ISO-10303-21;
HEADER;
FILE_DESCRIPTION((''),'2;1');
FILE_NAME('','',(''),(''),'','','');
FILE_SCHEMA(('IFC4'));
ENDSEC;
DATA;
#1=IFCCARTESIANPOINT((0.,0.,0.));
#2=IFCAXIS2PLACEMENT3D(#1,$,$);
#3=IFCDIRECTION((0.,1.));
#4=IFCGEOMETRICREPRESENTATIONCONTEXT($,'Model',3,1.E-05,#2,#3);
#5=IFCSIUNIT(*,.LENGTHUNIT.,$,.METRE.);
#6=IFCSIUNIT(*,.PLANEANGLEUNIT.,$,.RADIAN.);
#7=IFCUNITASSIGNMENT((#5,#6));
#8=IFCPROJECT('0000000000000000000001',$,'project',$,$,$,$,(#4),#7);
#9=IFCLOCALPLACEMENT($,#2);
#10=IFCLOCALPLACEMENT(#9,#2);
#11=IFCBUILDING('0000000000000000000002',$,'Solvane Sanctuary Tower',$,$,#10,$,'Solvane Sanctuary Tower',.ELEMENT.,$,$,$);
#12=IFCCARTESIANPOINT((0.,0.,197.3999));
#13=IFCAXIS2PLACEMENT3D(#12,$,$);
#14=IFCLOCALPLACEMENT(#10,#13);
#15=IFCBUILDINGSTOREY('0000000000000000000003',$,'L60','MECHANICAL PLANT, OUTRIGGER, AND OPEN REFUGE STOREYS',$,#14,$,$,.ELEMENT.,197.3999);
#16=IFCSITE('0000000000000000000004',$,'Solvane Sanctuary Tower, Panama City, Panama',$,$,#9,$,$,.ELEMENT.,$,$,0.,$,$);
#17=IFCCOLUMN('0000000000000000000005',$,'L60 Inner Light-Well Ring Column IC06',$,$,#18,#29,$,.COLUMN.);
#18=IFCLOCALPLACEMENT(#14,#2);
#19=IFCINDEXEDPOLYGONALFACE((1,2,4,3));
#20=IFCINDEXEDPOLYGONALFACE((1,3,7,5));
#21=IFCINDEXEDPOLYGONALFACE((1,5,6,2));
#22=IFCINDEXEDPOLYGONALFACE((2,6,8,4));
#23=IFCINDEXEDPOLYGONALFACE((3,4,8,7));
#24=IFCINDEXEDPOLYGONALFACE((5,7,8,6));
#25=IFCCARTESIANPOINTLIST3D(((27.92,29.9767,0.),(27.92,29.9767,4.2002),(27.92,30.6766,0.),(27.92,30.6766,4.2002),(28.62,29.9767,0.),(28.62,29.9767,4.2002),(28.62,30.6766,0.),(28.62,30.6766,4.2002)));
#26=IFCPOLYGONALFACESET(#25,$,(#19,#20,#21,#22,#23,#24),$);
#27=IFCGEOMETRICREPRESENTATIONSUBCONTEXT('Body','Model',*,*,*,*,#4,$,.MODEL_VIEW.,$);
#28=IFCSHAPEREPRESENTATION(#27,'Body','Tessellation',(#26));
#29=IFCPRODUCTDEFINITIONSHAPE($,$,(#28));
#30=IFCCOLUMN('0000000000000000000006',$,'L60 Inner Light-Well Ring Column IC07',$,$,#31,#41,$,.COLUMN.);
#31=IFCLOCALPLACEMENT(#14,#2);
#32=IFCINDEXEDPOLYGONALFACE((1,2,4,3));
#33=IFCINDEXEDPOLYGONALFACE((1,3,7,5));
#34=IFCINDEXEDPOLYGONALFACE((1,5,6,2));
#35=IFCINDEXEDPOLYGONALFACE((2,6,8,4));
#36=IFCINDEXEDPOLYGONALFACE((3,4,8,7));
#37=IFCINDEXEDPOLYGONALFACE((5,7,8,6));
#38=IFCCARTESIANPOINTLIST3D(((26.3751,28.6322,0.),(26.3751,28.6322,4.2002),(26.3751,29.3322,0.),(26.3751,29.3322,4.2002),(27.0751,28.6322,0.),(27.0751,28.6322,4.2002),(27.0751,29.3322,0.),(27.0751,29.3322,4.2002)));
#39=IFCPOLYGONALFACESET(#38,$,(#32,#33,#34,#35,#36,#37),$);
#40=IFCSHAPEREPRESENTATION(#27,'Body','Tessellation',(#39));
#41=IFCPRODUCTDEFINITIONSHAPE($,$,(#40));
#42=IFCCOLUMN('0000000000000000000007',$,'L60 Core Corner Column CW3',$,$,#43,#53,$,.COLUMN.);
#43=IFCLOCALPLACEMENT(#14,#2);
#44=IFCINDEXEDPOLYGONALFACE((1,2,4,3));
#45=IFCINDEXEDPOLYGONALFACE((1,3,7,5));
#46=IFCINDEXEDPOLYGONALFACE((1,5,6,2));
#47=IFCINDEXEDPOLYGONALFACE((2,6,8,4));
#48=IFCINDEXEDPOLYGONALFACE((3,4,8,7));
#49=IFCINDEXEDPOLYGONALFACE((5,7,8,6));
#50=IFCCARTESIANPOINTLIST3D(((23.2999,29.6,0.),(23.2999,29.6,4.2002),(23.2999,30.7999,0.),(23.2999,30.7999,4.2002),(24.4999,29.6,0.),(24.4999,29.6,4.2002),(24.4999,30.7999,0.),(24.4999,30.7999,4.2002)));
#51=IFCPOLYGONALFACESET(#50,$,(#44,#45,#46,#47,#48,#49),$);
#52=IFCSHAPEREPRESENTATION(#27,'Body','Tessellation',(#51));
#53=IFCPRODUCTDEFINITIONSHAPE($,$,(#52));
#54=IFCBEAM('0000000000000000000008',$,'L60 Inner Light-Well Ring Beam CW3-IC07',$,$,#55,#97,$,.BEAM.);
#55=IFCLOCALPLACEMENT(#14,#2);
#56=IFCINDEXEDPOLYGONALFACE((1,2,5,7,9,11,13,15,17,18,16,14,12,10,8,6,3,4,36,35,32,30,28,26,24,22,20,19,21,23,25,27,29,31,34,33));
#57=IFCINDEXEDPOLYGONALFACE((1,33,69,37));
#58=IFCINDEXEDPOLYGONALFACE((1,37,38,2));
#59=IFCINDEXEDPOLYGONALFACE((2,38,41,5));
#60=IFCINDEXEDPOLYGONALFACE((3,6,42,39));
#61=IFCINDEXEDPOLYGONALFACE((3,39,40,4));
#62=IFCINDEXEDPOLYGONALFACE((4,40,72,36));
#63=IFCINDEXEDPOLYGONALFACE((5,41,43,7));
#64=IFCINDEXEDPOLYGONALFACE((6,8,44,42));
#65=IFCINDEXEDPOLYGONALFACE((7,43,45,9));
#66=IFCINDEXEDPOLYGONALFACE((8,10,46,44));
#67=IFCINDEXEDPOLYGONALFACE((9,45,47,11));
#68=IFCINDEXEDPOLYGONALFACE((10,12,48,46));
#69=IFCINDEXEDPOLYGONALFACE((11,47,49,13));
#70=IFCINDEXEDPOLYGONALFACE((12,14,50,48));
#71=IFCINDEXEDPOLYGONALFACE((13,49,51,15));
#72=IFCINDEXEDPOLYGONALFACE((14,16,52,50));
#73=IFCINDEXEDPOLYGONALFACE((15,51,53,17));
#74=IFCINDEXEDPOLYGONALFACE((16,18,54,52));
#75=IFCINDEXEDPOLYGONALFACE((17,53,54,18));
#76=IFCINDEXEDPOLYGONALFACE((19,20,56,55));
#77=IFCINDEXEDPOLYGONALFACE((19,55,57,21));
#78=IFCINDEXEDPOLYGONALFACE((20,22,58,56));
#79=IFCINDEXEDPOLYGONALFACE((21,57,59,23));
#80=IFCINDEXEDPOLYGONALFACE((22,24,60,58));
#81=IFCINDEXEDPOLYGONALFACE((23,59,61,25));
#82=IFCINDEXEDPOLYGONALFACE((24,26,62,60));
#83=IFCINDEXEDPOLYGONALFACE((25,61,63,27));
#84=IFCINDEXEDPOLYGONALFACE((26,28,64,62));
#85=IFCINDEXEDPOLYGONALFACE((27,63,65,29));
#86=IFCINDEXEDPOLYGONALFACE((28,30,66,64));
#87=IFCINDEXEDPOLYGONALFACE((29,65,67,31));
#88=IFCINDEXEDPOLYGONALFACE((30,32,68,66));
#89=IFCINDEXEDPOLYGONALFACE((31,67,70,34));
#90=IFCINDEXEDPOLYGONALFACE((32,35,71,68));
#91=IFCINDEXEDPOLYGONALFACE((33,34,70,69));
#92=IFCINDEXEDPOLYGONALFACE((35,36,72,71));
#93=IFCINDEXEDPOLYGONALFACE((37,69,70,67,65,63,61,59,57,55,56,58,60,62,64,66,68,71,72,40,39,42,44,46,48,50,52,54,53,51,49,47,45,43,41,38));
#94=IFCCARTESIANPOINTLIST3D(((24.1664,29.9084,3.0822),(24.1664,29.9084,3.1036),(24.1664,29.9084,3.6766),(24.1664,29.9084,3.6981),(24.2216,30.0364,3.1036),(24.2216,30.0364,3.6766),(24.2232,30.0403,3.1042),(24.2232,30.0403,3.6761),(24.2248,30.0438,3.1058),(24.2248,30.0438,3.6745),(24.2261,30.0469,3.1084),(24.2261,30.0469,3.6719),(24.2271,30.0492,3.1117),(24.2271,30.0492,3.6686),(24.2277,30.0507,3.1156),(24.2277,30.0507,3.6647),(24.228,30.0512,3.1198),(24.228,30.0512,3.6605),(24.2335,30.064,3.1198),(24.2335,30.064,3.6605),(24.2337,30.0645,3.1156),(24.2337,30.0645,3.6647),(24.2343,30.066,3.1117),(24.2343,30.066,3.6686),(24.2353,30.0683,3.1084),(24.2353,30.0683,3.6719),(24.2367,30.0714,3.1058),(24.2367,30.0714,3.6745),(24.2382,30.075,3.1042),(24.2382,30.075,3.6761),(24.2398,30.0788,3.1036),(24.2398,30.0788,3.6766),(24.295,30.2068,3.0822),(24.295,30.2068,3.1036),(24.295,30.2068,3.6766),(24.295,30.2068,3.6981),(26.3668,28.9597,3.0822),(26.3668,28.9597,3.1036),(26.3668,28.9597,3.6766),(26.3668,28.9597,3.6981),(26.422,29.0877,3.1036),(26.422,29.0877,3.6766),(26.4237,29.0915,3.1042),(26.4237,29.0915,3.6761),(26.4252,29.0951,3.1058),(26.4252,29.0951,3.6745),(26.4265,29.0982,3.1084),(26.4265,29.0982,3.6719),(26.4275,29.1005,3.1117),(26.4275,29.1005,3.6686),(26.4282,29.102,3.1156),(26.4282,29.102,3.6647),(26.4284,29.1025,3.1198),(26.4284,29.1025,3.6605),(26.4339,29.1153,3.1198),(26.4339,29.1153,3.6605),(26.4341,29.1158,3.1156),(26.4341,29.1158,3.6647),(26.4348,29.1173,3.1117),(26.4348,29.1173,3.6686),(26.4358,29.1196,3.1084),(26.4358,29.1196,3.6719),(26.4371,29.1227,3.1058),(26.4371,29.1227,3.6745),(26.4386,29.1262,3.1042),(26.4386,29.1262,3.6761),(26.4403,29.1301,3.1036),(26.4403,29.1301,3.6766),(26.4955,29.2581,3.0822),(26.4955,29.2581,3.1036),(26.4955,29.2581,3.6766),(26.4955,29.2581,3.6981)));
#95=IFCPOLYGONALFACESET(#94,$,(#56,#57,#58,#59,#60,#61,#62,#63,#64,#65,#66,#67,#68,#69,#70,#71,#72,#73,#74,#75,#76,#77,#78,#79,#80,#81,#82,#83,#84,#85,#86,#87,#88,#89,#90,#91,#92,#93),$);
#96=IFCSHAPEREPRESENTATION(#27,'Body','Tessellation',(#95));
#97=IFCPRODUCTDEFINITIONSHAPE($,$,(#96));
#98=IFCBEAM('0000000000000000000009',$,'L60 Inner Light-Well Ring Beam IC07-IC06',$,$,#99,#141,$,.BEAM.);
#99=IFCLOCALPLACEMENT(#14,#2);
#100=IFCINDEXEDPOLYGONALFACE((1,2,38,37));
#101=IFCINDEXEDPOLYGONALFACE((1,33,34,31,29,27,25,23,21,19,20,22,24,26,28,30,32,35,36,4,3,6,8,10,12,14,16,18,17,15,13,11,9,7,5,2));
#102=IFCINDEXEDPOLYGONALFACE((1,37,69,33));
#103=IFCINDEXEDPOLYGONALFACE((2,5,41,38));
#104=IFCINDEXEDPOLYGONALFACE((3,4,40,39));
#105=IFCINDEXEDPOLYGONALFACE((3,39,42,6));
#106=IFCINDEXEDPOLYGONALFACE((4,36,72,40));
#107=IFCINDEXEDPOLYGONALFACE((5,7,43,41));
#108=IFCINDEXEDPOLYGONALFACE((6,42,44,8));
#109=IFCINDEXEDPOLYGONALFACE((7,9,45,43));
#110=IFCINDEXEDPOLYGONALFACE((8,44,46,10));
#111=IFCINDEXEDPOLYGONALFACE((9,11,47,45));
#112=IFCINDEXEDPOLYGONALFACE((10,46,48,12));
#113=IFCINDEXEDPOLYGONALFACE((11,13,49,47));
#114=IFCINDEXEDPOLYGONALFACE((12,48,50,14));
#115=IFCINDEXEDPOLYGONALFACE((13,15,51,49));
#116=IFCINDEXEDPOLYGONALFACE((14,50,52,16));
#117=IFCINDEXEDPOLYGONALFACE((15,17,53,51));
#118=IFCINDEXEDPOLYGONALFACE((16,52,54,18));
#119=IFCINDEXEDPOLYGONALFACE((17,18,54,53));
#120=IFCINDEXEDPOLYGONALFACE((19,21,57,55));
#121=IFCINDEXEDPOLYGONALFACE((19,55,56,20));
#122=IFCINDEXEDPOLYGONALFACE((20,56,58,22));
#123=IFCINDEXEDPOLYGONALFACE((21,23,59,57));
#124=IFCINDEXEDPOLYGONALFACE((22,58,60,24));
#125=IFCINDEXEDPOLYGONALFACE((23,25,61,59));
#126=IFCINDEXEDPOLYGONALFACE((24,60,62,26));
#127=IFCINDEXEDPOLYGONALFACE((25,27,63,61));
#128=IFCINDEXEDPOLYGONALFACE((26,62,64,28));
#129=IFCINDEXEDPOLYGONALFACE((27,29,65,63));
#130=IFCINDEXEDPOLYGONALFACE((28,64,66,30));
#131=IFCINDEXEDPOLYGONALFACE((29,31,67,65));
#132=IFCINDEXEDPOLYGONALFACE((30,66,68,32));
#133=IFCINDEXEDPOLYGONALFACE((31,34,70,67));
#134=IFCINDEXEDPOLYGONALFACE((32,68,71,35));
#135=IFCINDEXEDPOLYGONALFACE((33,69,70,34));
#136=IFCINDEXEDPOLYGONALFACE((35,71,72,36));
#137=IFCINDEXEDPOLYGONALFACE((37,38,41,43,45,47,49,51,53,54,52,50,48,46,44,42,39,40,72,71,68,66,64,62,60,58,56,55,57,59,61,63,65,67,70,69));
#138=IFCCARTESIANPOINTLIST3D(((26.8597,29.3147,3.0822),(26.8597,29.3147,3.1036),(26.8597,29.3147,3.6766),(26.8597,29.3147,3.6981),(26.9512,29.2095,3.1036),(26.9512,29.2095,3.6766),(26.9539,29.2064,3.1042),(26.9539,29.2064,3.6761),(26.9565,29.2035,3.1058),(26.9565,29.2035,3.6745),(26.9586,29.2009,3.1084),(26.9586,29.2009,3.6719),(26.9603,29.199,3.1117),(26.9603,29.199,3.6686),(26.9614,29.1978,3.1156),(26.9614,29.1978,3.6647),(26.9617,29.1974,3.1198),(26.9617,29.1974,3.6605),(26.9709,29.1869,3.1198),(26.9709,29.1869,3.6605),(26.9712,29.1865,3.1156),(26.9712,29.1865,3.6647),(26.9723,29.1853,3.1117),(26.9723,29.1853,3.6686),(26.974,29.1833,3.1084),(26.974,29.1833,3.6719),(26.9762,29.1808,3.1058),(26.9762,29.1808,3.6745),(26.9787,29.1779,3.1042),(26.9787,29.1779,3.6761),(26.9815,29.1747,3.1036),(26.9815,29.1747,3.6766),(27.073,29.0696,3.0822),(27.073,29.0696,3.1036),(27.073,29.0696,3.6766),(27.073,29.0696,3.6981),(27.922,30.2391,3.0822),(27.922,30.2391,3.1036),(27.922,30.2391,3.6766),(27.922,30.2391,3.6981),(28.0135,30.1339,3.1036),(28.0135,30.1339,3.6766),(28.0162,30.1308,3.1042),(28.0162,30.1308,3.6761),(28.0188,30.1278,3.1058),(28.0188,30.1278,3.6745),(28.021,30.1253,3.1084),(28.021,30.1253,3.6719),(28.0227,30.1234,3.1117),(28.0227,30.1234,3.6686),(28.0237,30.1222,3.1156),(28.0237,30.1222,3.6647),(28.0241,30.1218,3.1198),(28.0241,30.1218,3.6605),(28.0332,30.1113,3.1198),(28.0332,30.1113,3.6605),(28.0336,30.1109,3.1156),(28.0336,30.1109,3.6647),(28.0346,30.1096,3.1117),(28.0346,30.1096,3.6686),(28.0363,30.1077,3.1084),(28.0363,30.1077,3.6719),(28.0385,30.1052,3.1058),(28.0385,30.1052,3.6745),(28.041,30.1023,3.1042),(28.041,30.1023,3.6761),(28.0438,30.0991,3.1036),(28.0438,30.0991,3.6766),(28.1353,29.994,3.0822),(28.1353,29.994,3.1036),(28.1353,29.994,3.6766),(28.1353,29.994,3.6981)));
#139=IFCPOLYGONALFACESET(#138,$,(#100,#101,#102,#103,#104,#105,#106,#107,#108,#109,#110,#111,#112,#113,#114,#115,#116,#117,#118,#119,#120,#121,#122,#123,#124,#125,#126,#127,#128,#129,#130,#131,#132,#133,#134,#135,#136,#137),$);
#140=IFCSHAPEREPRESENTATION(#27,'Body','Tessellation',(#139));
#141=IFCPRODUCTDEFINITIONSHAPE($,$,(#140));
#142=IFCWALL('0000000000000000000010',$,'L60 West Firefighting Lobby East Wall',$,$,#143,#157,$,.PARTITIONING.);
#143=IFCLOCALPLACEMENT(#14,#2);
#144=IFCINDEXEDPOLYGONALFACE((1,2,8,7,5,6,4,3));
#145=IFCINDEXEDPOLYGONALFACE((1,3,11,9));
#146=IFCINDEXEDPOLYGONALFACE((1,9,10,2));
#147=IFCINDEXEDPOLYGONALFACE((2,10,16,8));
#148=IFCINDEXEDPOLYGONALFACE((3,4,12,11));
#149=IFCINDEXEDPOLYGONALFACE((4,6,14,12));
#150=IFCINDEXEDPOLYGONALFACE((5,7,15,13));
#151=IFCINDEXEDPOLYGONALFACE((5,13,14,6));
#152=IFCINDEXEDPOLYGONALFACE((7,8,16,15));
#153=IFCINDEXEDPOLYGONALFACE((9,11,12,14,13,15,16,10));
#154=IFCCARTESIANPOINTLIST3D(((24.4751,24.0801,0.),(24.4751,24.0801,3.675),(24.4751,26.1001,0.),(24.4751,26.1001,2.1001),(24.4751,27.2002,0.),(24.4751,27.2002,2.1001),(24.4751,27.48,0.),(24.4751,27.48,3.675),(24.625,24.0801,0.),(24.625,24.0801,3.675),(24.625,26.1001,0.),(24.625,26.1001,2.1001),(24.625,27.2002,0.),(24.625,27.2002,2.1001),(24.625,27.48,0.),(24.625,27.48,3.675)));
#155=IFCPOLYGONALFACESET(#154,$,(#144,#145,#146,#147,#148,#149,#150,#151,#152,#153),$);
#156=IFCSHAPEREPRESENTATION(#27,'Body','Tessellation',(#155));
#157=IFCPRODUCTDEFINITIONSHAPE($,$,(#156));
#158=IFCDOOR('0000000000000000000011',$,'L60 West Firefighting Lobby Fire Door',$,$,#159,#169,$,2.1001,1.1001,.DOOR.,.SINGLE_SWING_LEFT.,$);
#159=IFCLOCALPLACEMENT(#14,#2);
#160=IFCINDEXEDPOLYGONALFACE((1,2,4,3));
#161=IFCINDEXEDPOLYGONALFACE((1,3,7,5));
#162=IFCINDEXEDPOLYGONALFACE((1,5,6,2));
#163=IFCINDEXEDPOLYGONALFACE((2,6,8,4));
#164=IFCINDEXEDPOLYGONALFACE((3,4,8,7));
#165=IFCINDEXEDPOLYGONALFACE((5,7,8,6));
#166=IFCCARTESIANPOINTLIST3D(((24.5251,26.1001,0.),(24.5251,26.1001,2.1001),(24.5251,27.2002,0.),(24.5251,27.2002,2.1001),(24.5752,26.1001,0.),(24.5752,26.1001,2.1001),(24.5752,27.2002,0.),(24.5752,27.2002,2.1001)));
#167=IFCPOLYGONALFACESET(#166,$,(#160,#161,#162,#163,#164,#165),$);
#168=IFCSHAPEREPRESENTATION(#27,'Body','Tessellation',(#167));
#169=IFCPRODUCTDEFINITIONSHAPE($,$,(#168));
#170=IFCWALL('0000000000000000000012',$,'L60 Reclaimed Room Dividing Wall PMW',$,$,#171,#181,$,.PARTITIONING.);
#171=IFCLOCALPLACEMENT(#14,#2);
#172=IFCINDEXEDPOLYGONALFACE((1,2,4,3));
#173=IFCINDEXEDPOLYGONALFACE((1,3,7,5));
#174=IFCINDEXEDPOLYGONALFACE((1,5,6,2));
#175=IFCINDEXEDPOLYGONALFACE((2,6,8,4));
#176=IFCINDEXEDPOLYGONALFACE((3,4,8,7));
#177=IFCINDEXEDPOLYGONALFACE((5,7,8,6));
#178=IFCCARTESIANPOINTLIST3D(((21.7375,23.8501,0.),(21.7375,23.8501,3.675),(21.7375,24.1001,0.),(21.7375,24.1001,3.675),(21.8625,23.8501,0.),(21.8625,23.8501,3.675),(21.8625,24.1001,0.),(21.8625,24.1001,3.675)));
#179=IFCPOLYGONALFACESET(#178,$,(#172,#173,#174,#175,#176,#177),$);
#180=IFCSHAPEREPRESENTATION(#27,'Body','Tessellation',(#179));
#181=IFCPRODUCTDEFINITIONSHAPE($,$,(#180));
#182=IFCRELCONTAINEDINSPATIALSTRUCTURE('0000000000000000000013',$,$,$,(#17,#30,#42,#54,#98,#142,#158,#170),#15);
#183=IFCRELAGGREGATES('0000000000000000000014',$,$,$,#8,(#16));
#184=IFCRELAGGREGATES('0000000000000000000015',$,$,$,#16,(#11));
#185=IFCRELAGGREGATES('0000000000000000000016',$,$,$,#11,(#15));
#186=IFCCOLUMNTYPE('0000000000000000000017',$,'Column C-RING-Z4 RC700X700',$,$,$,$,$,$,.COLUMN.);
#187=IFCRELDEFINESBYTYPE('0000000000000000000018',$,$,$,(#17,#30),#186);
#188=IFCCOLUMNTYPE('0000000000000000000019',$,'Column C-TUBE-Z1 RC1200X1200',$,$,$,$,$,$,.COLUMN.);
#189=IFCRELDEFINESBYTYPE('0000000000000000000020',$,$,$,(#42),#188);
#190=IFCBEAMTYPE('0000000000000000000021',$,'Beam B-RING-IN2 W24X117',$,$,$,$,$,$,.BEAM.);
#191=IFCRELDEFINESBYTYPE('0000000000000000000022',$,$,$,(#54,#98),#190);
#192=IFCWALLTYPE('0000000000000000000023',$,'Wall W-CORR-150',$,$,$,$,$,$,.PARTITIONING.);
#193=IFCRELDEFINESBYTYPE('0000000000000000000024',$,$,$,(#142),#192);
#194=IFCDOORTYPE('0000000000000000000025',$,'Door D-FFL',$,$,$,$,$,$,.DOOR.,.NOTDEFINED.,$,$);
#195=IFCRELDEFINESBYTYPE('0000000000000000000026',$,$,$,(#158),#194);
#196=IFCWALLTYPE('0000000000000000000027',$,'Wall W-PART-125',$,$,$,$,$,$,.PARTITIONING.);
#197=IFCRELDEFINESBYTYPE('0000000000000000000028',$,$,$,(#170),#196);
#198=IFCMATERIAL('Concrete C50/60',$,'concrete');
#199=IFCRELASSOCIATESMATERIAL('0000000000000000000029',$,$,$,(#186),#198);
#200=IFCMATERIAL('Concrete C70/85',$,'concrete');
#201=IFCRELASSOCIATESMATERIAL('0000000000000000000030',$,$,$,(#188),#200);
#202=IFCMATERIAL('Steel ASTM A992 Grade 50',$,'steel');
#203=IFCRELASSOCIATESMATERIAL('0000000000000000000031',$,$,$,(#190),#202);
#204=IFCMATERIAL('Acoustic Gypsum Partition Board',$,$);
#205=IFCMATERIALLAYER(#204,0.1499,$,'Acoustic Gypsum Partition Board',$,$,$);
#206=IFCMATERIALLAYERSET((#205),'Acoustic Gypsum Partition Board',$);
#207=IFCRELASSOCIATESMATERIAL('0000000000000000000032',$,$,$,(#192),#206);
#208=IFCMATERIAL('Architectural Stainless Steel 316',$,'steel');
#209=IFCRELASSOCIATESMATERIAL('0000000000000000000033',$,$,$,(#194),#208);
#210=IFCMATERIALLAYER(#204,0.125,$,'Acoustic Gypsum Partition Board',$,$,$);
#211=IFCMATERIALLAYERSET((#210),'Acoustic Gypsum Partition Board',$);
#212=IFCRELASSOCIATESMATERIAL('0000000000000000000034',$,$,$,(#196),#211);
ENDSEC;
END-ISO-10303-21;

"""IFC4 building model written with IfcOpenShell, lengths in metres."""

from ifc_helpers import new_model, si_unit, direction, frame, frame_2d, origin, origin_2d, place, context, subcontext, project, spatial, rectangle, i_section, extrude, material, layer, layer_set, material_profile, profile_set, type_object, element, fill, save


model = new_model("IFC4")

# Units and contexts
model_context = context("Model", 3, precision=1e-05, world=origin(), true_north=direction((0.0, 1.0)))
body_context = subcontext(model_context, "Body", "Model", "MODEL_VIEW")
ifc_project = project(units=[si_unit("LENGTHUNIT", "METRE"), si_unit("PLANEANGLEUNIT", "RADIAN")], contexts=[model_context])

# Site, building, storey
site_placement = place(None, origin())
site = spatial("IfcSite", under=ifc_project, at=site_placement, Name="Solvane Sanctuary Tower, Panama City, Panama", CompositionType="ELEMENT", RefElevation=0.0)
building_placement = place(site_placement, origin())
building = spatial("IfcBuilding", under=site, at=building_placement, Name="Solvane Sanctuary Tower", LongName="Solvane Sanctuary Tower", CompositionType="ELEMENT")
storey_placement = place(building_placement, frame((0.0, 0.0, 197.3999)))
storey = spatial("IfcBuildingStorey", under=building, at=storey_placement, Name="L60", Description="MECHANICAL PLANT, OUTRIGGER, AND OPEN REFUGE STOREYS", CompositionType="ELEMENT", Elevation=197.3999)

# Columns
ifc_material_1 = material(Name="Concrete C50/60", Category="concrete")
ifc_material_profile_1 = material_profile(ifc_material_1, rectangle(XDim=0.7, YDim=0.7, at=origin_2d()), Name="RC700X700")
ifc_profile_set_1 = profile_set([ifc_material_profile_1], Name="Concrete C50/60")
column_type_1 = type_object("IfcColumnType", Name="Column C-RING-Z4 RC700X700", PredefinedType="COLUMN", material=ifc_profile_set_1)
for number, where, z_axis, x_axis, name in (
    (1, (28.27, 30.3267, 0.0), (0.0, 0.0, 1.0), (1.0, 0.0, 0.0), "L60 Inner Light-Well Ring Column IC06"),
    (2, (26.7251, 28.9822, 0.0), (0.0, 0.0, 1.0), (1.0, 0.0, 0.0), "L60 Inner Light-Well Ring Column IC07"),
):
    element("IfcColumn", number, at=place(storey_placement, frame(where, z_axis=z_axis, x_axis=x_axis)), inside=storey, type_object=column_type_1, Name=name, PredefinedType="COLUMN", context=body_context, shape_type="SweptSolid", body=[
        extrude(rectangle(XDim=0.7, YDim=0.7, at=origin_2d()), origin(), (0.0, 0.0, 1.0), 4.2002),
    ])
ifc_material_2 = material(Name="Concrete C70/85", Category="concrete")
ifc_material_profile_2 = material_profile(ifc_material_2, rectangle(XDim=1.2, YDim=1.2, at=origin_2d()), Name="RC1200X1200")
ifc_profile_set_2 = profile_set([ifc_material_profile_2], Name="Concrete C70/85")
column_type_2 = type_object("IfcColumnType", Name="Column C-TUBE-Z1 RC1200X1200", PredefinedType="COLUMN", material=ifc_profile_set_2)
column_placement = place(storey_placement, frame((23.8999, 30.2, 0.0), z_axis=(0.0, 0.0, 1.0), x_axis=(1.0, 0.0, 0.0)))
element("IfcColumn", 3, at=column_placement, inside=storey, type_object=column_type_2, Name="L60 Core Corner Column CW3", PredefinedType="COLUMN", context=body_context, shape_type="SweptSolid", body=[
    extrude(rectangle(XDim=1.2, YDim=1.2, at=origin_2d()), origin(), (0.0, 0.0, 1.0), 4.2002),
])

# Beams
ifc_material_3 = material(Name="Steel ASTM A992 Grade 50", Category="steel")
ifc_material_profile_3 = material_profile(ifc_material_3, i_section(OverallWidth=0.325, OverallDepth=0.616, WebThickness=0.0139, FlangeThickness=0.0215, FilletRadius=0.0161, at=origin_2d()), Name="W24X117")
ifc_profile_set_3 = profile_set([ifc_material_profile_3], Name="Steel ASTM A992 Grade 50")
beam_type = type_object("IfcBeamType", Name="Beam B-RING-IN2 W24X117", PredefinedType="BEAM", material=ifc_profile_set_3)
beam_1_placement = place(storey_placement, frame((24.2307, 30.0576, 3.3901), z_axis=(0.918284, -0.395923, 0.0), x_axis=(0.395923, 0.918284, 0.0)))
element("IfcBeam", 4, at=beam_1_placement, inside=storey, type_object=beam_type, Name="L60 Inner Light-Well Ring Beam CW3-IC07", PredefinedType="BEAM", context=body_context, shape_type="SweptSolid", body=[
    extrude(i_section(OverallWidth=0.325, OverallDepth=0.616, WebThickness=0.0139, FlangeThickness=0.0215, FilletRadius=0.0161, at=origin_2d()), origin(), (0.0, 0.0, 1.0), 2.3962),
])
beam_2_placement = place(storey_placement, frame((26.9663, 29.1921, 3.3901), z_axis=(0.754389, 0.656428, 0.0), x_axis=(-0.656428, 0.754389, 0.0)))
element("IfcBeam", 5, at=beam_2_placement, inside=storey, type_object=beam_type, Name="L60 Inner Light-Well Ring Beam IC07-IC06", PredefinedType="BEAM", context=body_context, shape_type="SweptSolid", body=[
    extrude(i_section(OverallWidth=0.325, OverallDepth=0.616, WebThickness=0.0139, FlangeThickness=0.0215, FilletRadius=0.0161, at=origin_2d()), origin(), (0.0, 0.0, 1.0), 1.4082),
])

# Wall, opening, door
ifc_material_4 = material(Name="Acoustic Gypsum Partition Board")
ifc_layer_1 = layer(ifc_material_4, 0.1499, Name="Acoustic Gypsum Partition Board")
ifc_layer_set_1 = layer_set([ifc_layer_1], Name="Acoustic Gypsum Partition Board")
wall_type_1 = type_object("IfcWallType", Name="Wall W-CORR-150", PredefinedType="PARTITIONING", material=ifc_layer_set_1)
wall_1_placement = place(storey_placement, frame((24.55, 24.0801, 0.0), z_axis=(0.0, 0.0, 1.0), x_axis=(0.0, 1.0, 0.0)))
wall_1 = element("IfcWall", 6, at=wall_1_placement, inside=storey, type_object=wall_type_1, Name="L60 West Firefighting Lobby East Wall", PredefinedType="PARTITIONING", context=body_context, shape_type="SweptSolid", body=[
    extrude(rectangle(XDim=3.3999, YDim=0.1499, at=frame_2d((1.7, 0.0))), origin(), (0.0, 0.0, 1.0), 3.675),
])
opening_1_placement = place(wall_1_placement, frame((2.02, 0.0, 0.0)))
opening_1 = element("IfcOpeningElement", 7, at=opening_1_placement, cuts=wall_1, PredefinedType="OPENING", context=body_context, shape_type="SweptSolid", body=[
    extrude(rectangle(XDim=1.1001, YDim=2.1001, at=frame_2d((0.55, 1.05))), frame((0.0, 0.085, 0.0), z_axis=(0.0, -1.0, 0.0), x_axis=(1.0, 0.0, 0.0)), (0.0, 0.0, 1.0), 0.1699),
])
ifc_material_5 = material(Name="Architectural Stainless Steel 316", Category="steel")
door_type_1 = type_object("IfcDoorType", Name="Door D-FFL", OperationType="NOTDEFINED", PredefinedType="DOOR", material=ifc_material_5)
door_1_placement = place(opening_1_placement, origin())
door_1 = element("IfcDoor", 8, at=door_1_placement, inside=storey, type_object=door_type_1, Name="L60 West Firefighting Lobby Fire Door", OperationType="SINGLE_SWING_LEFT", OverallHeight=2.1001, OverallWidth=1.1001, PredefinedType="DOOR", context=body_context, shape_type="SweptSolid", body=[
    extrude(rectangle(XDim=1.1001, YDim=2.1001, at=frame_2d((0.55, 1.05))), frame((0.0, 0.0249, 0.0), z_axis=(0.0, -1.0, 0.0), x_axis=(1.0, 0.0, 0.0)), (0.0, 0.0, 1.0), 0.05),
])
fill(opening_1, door_1)

# Wall
ifc_layer_2 = layer(ifc_material_4, 0.125, Name="Acoustic Gypsum Partition Board")
ifc_layer_set_2 = layer_set([ifc_layer_2], Name="Acoustic Gypsum Partition Board")
wall_type_2 = type_object("IfcWallType", Name="Wall W-PART-125", PredefinedType="PARTITIONING", material=ifc_layer_set_2)
wall_2_placement = place(storey_placement, frame((21.8, 23.8501, 0.0), z_axis=(0.0, 0.0, 1.0), x_axis=(0.0, 1.0, 0.0)))
element("IfcWall", 9, at=wall_2_placement, inside=storey, type_object=wall_type_2, Name="L60 Reclaimed Room Dividing Wall PMW", PredefinedType="PARTITIONING", context=body_context, shape_type="SweptSolid", body=[
    extrude(rectangle(XDim=0.25, YDim=0.125, at=frame_2d((0.125, 0.0))), origin(), (0.0, 0.0, 1.0), 3.675),
])

save(model, "model.ifc")
